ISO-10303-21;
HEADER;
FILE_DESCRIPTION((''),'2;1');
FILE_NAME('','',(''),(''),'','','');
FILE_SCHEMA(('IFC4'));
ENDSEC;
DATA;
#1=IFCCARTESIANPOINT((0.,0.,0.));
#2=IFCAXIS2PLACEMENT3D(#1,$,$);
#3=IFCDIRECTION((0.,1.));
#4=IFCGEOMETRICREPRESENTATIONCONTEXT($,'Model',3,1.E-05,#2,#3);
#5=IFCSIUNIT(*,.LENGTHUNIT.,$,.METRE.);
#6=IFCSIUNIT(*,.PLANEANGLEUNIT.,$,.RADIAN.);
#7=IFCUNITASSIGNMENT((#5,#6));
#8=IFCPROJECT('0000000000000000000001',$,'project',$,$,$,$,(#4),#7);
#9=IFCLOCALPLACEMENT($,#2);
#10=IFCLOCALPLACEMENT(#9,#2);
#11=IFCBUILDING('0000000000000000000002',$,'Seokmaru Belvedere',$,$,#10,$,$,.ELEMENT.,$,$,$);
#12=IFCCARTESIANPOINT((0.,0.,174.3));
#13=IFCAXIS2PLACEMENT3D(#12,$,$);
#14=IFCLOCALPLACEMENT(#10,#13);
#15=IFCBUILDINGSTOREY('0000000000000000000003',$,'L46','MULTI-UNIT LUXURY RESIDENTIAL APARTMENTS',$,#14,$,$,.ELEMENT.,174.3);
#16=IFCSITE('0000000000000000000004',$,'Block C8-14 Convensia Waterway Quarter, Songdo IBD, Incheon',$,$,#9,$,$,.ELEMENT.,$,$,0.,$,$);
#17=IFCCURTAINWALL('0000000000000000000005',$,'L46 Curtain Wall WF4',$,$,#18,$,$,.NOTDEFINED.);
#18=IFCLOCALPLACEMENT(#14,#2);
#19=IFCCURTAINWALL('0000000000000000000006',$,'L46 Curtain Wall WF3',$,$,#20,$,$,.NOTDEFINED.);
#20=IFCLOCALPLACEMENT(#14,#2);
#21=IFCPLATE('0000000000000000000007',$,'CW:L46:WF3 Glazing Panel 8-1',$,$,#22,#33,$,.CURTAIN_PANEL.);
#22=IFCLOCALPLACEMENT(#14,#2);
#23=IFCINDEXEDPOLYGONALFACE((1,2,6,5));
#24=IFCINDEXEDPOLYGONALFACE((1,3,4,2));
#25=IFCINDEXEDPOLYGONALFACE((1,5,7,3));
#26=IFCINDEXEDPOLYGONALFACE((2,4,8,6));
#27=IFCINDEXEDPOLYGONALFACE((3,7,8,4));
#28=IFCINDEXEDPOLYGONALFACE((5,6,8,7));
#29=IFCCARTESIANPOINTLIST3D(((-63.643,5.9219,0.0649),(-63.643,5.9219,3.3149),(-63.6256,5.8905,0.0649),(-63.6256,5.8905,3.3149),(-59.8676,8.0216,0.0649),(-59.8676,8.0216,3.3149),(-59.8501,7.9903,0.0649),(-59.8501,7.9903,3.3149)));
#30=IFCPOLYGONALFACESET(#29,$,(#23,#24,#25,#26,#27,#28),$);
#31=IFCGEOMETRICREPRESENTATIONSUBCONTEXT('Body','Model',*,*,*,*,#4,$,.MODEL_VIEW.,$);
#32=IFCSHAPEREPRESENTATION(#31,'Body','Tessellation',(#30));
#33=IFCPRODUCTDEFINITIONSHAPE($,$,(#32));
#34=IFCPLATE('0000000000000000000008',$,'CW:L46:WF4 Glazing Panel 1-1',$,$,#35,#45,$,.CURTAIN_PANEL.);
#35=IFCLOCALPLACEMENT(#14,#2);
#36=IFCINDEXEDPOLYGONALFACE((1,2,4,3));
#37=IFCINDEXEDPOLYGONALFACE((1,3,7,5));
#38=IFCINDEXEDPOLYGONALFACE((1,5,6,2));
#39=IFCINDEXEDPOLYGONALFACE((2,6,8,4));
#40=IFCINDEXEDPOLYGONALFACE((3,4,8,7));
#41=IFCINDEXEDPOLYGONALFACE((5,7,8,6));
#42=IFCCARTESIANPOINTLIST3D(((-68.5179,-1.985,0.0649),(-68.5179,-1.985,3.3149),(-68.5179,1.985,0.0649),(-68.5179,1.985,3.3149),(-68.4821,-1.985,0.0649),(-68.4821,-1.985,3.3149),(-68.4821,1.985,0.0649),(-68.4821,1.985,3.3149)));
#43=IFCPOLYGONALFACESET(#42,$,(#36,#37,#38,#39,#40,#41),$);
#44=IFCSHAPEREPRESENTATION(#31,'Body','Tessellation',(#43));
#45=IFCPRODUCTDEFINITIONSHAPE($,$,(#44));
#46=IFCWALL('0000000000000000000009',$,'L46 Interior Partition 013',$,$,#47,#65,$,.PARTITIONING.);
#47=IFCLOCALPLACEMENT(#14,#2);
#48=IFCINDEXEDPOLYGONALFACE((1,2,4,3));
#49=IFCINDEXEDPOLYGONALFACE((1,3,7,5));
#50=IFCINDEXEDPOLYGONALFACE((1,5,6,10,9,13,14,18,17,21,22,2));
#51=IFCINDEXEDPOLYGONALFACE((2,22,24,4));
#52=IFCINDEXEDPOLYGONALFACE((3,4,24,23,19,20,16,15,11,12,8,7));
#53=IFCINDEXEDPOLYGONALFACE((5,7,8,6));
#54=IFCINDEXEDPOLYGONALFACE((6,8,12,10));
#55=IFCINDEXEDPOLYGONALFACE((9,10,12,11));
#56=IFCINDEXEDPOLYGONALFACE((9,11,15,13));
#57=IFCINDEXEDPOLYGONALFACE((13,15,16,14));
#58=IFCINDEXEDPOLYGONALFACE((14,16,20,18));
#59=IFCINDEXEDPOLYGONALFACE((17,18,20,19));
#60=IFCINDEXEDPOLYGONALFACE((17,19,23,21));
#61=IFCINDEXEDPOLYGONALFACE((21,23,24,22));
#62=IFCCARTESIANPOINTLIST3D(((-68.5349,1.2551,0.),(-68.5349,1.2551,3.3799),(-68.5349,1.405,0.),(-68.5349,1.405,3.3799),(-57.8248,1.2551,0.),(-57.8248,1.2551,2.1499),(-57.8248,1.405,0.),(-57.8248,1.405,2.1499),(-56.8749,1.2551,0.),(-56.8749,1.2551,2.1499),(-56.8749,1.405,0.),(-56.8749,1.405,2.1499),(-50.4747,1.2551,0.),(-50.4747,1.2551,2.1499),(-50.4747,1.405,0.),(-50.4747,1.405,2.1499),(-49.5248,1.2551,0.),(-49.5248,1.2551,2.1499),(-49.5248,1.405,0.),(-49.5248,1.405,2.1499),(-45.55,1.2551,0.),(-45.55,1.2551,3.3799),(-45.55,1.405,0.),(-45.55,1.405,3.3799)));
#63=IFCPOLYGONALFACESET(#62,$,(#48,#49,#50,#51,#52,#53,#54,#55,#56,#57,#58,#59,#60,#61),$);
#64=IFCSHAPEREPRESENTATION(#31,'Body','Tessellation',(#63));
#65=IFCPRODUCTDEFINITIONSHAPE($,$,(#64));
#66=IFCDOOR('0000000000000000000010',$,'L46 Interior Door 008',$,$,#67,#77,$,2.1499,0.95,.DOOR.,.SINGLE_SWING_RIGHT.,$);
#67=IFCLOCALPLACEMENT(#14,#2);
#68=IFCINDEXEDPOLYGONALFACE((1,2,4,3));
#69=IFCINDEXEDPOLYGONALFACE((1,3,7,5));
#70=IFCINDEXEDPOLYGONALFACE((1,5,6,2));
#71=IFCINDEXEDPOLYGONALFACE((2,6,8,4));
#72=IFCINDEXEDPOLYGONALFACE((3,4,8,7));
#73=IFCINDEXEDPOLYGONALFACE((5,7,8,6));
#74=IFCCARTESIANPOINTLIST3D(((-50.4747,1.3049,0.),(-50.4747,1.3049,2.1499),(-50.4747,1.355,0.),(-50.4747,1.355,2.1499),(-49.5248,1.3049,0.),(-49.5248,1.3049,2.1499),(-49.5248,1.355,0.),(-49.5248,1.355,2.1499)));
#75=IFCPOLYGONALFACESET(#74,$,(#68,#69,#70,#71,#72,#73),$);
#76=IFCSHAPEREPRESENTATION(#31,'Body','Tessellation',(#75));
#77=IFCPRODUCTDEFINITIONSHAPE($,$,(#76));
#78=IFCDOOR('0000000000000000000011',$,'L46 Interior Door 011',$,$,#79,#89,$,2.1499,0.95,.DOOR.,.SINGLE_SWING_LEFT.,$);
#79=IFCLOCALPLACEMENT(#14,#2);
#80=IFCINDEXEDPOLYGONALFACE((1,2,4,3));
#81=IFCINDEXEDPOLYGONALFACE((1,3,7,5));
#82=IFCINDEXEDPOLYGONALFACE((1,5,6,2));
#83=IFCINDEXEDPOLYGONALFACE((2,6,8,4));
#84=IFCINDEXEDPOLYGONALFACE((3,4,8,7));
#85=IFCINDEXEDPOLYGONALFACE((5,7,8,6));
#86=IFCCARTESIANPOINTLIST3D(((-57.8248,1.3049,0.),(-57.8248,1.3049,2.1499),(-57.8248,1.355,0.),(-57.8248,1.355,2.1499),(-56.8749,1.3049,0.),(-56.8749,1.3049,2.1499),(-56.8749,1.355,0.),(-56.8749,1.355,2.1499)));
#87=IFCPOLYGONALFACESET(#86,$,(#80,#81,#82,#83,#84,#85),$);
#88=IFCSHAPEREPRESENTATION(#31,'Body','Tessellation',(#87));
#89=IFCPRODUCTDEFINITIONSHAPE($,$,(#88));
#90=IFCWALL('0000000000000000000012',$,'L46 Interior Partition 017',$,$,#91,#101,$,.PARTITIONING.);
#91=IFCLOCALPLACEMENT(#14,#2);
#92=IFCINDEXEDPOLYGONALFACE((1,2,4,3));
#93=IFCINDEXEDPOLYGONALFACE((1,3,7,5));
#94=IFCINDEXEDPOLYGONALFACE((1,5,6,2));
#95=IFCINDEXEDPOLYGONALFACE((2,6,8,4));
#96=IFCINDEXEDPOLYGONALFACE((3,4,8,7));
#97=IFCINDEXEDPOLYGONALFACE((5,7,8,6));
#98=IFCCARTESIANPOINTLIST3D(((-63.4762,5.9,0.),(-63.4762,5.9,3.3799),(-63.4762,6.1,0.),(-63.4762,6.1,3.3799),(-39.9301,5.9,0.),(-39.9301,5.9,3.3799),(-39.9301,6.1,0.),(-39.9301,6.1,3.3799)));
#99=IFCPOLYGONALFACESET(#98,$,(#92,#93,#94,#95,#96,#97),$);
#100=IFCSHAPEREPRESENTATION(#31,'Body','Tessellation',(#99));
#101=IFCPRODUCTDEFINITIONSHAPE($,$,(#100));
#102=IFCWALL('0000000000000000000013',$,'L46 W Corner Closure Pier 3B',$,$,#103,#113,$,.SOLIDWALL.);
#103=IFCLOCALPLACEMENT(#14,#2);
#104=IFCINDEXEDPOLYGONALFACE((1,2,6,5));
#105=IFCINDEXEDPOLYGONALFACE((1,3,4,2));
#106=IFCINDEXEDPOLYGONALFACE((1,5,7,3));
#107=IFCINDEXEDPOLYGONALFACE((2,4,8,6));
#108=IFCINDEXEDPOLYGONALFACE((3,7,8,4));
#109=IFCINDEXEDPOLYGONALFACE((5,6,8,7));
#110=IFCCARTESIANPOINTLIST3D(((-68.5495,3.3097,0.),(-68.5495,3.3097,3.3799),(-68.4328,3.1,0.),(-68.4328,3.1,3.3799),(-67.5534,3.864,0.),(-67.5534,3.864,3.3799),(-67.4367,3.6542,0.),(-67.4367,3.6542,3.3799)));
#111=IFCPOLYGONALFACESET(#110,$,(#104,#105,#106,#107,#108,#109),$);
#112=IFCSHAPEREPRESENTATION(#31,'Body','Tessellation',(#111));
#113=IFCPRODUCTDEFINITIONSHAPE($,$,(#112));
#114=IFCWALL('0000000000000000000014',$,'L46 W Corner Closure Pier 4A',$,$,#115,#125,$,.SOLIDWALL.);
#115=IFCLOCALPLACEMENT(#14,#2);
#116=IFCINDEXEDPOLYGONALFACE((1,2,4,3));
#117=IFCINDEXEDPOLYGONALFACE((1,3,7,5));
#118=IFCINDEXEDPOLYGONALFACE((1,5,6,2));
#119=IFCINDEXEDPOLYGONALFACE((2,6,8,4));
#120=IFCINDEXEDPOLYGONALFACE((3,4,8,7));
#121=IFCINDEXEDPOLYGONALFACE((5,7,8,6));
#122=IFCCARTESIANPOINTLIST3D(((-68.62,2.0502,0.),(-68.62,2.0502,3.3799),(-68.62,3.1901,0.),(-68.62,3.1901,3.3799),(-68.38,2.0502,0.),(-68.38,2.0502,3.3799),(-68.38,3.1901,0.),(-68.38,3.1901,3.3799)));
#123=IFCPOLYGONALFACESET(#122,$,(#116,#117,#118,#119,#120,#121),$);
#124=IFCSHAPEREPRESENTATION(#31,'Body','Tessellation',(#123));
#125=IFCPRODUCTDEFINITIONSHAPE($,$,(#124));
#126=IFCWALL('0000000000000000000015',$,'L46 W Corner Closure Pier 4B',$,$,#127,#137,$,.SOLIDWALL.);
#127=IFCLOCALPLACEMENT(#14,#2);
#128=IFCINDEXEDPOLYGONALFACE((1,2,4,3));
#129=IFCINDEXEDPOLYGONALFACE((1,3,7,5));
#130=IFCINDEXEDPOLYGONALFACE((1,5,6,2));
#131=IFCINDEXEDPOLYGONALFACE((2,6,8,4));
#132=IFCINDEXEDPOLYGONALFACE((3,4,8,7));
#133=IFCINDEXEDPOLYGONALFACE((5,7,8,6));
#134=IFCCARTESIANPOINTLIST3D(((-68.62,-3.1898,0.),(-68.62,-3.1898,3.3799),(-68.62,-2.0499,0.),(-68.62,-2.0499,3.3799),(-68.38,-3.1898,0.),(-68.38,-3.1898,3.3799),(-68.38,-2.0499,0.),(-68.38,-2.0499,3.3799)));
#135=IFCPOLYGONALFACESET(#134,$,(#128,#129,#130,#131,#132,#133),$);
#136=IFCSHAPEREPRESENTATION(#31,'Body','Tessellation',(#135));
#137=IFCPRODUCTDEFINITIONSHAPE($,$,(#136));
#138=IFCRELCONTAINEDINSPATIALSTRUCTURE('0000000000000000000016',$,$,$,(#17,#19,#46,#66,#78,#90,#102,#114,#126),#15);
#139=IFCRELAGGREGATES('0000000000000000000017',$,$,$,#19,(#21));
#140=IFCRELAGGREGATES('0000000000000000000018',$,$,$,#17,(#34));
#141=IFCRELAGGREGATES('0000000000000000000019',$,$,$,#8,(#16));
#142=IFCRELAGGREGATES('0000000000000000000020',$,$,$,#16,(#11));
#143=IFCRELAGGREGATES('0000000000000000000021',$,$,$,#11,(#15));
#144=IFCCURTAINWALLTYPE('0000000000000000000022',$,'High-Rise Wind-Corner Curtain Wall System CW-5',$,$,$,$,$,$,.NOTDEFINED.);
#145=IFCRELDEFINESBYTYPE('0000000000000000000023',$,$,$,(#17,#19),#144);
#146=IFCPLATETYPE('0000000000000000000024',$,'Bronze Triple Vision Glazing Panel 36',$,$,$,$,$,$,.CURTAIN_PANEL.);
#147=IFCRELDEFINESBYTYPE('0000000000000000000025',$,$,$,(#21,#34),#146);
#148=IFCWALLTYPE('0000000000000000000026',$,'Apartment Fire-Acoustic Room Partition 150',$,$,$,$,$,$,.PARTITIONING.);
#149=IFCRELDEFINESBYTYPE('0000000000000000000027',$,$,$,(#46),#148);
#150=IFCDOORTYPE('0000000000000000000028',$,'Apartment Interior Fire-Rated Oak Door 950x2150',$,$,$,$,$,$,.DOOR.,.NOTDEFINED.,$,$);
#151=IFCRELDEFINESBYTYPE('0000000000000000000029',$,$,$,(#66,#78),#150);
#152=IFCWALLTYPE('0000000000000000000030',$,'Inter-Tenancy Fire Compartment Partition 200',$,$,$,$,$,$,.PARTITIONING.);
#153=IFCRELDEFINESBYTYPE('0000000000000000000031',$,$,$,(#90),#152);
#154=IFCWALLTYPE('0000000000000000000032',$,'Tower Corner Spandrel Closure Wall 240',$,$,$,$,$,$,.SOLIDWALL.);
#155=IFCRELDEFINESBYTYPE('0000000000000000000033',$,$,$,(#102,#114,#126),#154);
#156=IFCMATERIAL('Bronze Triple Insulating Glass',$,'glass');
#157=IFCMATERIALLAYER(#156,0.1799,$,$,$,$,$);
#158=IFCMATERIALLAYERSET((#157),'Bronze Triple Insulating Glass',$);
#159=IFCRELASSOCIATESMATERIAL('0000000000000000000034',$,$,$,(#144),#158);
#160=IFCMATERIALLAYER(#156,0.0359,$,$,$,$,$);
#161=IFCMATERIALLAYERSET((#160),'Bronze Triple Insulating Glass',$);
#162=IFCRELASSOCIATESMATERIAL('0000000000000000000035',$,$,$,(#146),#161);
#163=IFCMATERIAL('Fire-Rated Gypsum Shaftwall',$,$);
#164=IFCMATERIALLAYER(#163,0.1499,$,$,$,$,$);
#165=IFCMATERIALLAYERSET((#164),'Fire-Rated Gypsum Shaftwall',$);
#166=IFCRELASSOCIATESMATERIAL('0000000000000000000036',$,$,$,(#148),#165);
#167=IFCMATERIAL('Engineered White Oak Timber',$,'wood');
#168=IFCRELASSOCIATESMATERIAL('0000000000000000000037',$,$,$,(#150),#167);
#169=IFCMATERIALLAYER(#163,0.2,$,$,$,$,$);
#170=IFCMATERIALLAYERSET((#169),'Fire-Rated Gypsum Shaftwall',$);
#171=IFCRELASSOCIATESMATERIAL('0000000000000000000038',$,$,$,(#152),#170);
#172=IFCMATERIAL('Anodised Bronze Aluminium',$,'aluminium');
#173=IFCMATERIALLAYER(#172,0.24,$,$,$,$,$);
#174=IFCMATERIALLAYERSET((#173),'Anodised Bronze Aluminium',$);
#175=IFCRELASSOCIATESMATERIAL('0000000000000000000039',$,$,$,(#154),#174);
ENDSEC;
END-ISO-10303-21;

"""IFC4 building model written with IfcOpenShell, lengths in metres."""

from ifc_helpers import new_model, si_unit, direction, frame, frame_2d, origin, origin_2d, place, context, subcontext, project, spatial, rectangle, extrude, source, transform, mapped, material, layer, layer_set, type_object, type_shapes, element, fill, aggregate, save


model = new_model("IFC4")

# Units and contexts
model_context = context("Model", 3, precision=1e-05, world=origin(), true_north=direction((0.0, 1.0)))
body_context = subcontext(model_context, "Body", "Model", "MODEL_VIEW")
ifc_project = project(units=[si_unit("LENGTHUNIT", "METRE"), si_unit("PLANEANGLEUNIT", "RADIAN")], contexts=[model_context])

# Site, building, storey
site_placement = place(None, origin())
site = spatial("IfcSite", under=ifc_project, at=site_placement, Name="Block C8-14 Convensia Waterway Quarter, Songdo IBD, Incheon", CompositionType="ELEMENT", RefElevation=0.0)
building_placement = place(site_placement, origin())
building = spatial("IfcBuilding", under=site, at=building_placement, Name="Seokmaru Belvedere", CompositionType="ELEMENT")
storey_placement = place(building_placement, frame((0.0, 0.0, 174.3)))
storey = spatial("IfcBuildingStorey", under=building, at=storey_placement, Name="L46", Description="MULTI-UNIT LUXURY RESIDENTIAL APARTMENTS", CompositionType="ELEMENT", Elevation=174.3)

# Curtain wall
ifc_material_1 = material(Name="Bronze Triple Insulating Glass", Category="glass")
ifc_layer_1 = layer(ifc_material_1, 0.1799)
ifc_layer_set_1 = layer_set([ifc_layer_1], Name="Bronze Triple Insulating Glass")
curtain_wall_type = type_object("IfcCurtainWallType", Name="High-Rise Wind-Corner Curtain Wall System CW-5", PredefinedType="NOTDEFINED", material=ifc_layer_set_1)
curtain_wall_1_placement = place(storey_placement, origin())
curtain_wall_1 = element("IfcCurtainWall", 1, at=curtain_wall_1_placement, inside=storey, type_object=curtain_wall_type, Name="L46 Curtain Wall WF4", PredefinedType="NOTDEFINED")
ifc_material_2 = material(Name="Anodised Bronze Aluminium", Category="aluminium")

# Curtain wall
curtain_wall_2_placement = place(storey_placement, origin())
curtain_wall_2 = element("IfcCurtainWall", 2, at=curtain_wall_2_placement, inside=storey, type_object=curtain_wall_type, Name="L46 Curtain Wall WF3", PredefinedType="NOTDEFINED")

# Plates
ifc_layer_2 = layer(ifc_material_1, 0.0359)
ifc_layer_set_2 = layer_set([ifc_layer_2], Name="Bronze Triple Insulating Glass")
plate_type = type_object("IfcPlateType", Name="Bronze Triple Vision Glazing Panel 36", PredefinedType="CURTAIN_PANEL", material=ifc_layer_set_2)
shared_shape_1 = source(origin(), body_context, "Body", "SweptSolid", [
    extrude(rectangle(XDim=4.3201, YDim=0.0359, at=origin_2d()), origin(), (0.0, 0.0, 1.0), 3.25),
])
plate_1_placement = place(storey_placement, frame((-61.7466, 6.9561, 0.0649), z_axis=(0.0, 0.0, 1.0), x_axis=(-0.873933, -0.486047, 0.0)))
plate_1 = element("IfcPlate", 3, at=plate_1_placement, type_object=plate_type, Name="CW:L46:WF3 Glazing Panel 8-1", PredefinedType="CURTAIN_PANEL", context=body_context, shape_type="MappedRepresentation", body=[
    mapped(shared_shape_1, transform((0.0, 0.0, 0.0), scale=1.0)),
])
aggregate(curtain_wall_2, [plate_1])
shared_shape_2 = source(origin(), body_context, "Body", "SweptSolid", [
    extrude(rectangle(XDim=3.97, YDim=0.0359, at=origin_2d()), origin(), (0.0, 0.0, 1.0), 3.25),
])
plate_2_placement = place(storey_placement, frame((-68.5, 0.0, 0.0649), z_axis=(0.0, 0.0, 1.0), x_axis=(0.0, -1.0, 0.0)))
plate_2 = element("IfcPlate", 4, at=plate_2_placement, type_object=plate_type, Name="CW:L46:WF4 Glazing Panel 1-1", PredefinedType="CURTAIN_PANEL", context=body_context, shape_type="MappedRepresentation", body=[
    mapped(shared_shape_2, transform((0.0, 0.0, 0.0), scale=1.0)),
])
aggregate(curtain_wall_1, [plate_2])

# Wall, openings, doors
ifc_material_3 = material(Name="Fire-Rated Gypsum Shaftwall")
ifc_layer_3 = layer(ifc_material_3, 0.1499)
ifc_layer_set_3 = layer_set([ifc_layer_3], Name="Fire-Rated Gypsum Shaftwall")
wall_type_1 = type_object("IfcWallType", Name="Apartment Fire-Acoustic Room Partition 150", PredefinedType="PARTITIONING", material=ifc_layer_set_3)
wall_1_placement = place(storey_placement, frame((-68.5349, 1.3301, 0.0), z_axis=(0.0, 0.0, 1.0), x_axis=(1.0, 0.0, 0.0)))
wall_1 = element("IfcWall", 5, at=wall_1_placement, inside=storey, type_object=wall_type_1, Name="L46 Interior Partition 013", PredefinedType="PARTITIONING", context=body_context, shape_type="SweptSolid", body=[
    extrude(rectangle(XDim=22.9849, YDim=0.1499, at=frame_2d((11.4924, 0.0))), origin(), (0.0, 0.0, 1.0), 3.3799),
])
opening_1_placement = place(wall_1_placement, frame((18.0601, 0.0, 0.0)))
opening_1 = element("IfcOpeningElement", 6, at=opening_1_placement, cuts=wall_1, PredefinedType="OPENING", context=body_context, shape_type="SweptSolid", body=[
    extrude(rectangle(XDim=0.95, YDim=2.1499, at=frame_2d((0.4751, 1.075))), frame((0.0, 0.085, 0.0), z_axis=(0.0, -1.0, 0.0), x_axis=(1.0, 0.0, 0.0)), (0.0, 0.0, 1.0), 0.1699),
])
opening_2_placement = place(wall_1_placement, frame((10.71, 0.0, 0.0)))
opening_2 = element("IfcOpeningElement", 7, at=opening_2_placement, cuts=wall_1, PredefinedType="OPENING", context=body_context, shape_type="SweptSolid", body=[
    extrude(rectangle(XDim=0.95, YDim=2.1499, at=frame_2d((0.4751, 1.075))), frame((0.0, 0.085, 0.0), z_axis=(0.0, -1.0, 0.0), x_axis=(1.0, 0.0, 0.0)), (0.0, 0.0, 1.0), 0.1699),
])
ifc_material_4 = material(Name="Engineered White Oak Timber", Category="wood")
door_type = type_object("IfcDoorType", Name="Apartment Interior Fire-Rated Oak Door 950x2150", OperationType="NOTDEFINED", PredefinedType="DOOR", material=ifc_material_4)
shared_shape_3 = source(origin(), body_context, "Body", "SweptSolid", [
    extrude(rectangle(XDim=0.95, YDim=2.1499, at=frame_2d((0.4751, 1.075))), frame((0.0, 0.0249, 0.0), z_axis=(0.0, -1.0, 0.0), x_axis=(1.0, 0.0, 0.0)), (0.0, 0.0, 1.0), 0.05),
])
type_shapes(door_type, [shared_shape_3])
door_1_placement = place(opening_1_placement, origin())
door_1 = element("IfcDoor", 8, at=door_1_placement, inside=storey, type_object=door_type, Name="L46 Interior Door 008", OperationType="SINGLE_SWING_RIGHT", OverallHeight=2.1499, OverallWidth=0.95, PredefinedType="DOOR", context=body_context, shape_type="MappedRepresentation", body=[
    mapped(shared_shape_3, transform((0.0, 0.0, 0.0), scale=1.0)),
])
fill(opening_1, door_1)
door_2_placement = place(opening_2_placement, origin())
door_2 = element("IfcDoor", 9, at=door_2_placement, inside=storey, type_object=door_type, Name="L46 Interior Door 011", OperationType="SINGLE_SWING_LEFT", OverallHeight=2.1499, OverallWidth=0.95, PredefinedType="DOOR", context=body_context, shape_type="MappedRepresentation", body=[
    mapped(shared_shape_3, transform((0.0, 0.0, 0.0), scale=1.0)),
])
fill(opening_2, door_2)

# Walls
ifc_layer_4 = layer(ifc_material_3, 0.2)
ifc_layer_set_4 = layer_set([ifc_layer_4], Name="Fire-Rated Gypsum Shaftwall")
wall_type_2 = type_object("IfcWallType", Name="Inter-Tenancy Fire Compartment Partition 200", PredefinedType="PARTITIONING", material=ifc_layer_set_4)
wall_2_placement = place(storey_placement, frame((-63.4761, 6.0, 0.0), z_axis=(0.0, 0.0, 1.0), x_axis=(1.0, 0.0, 0.0)))
element("IfcWall", 10, at=wall_2_placement, inside=storey, type_object=wall_type_2, Name="L46 Interior Partition 017", PredefinedType="PARTITIONING", context=body_context, shape_type="SweptSolid", body=[
    extrude(rectangle(XDim=23.5461, YDim=0.2, at=frame_2d((11.7729, 0.0))), origin(), (0.0, 0.0, 1.0), 3.3799),
])
ifc_layer_5 = layer(ifc_material_2, 0.24)
ifc_layer_set_5 = layer_set([ifc_layer_5], Name="Anodised Bronze Aluminium")
wall_type_3 = type_object("IfcWallType", Name="Tower Corner Spandrel Closure Wall 240", PredefinedType="SOLIDWALL", material=ifc_layer_set_5)
for number, where, z_axis, x_axis, name in (
    (11, (-67.4951, 3.759, 0.0), (0.0, 0.0, 1.0), (-0.873854, -0.486188, 0.0), "L46 W Corner Closure Pier 3B"),
    (12, (-68.5, 3.1899, 0.0), (0.0, 0.0, 1.0), (0.0, -1.0, 0.0), "L46 W Corner Closure Pier 4A"),
    (13, (-68.5, -2.05, 0.0), (0.0, 0.0, 1.0), (0.0, -1.0, 0.0), "L46 W Corner Closure Pier 4B"),
):
    element("IfcWall", number, at=place(storey_placement, frame(where, z_axis=z_axis, x_axis=x_axis)), inside=storey, type_object=wall_type_3, Name=name, PredefinedType="SOLIDWALL", context=body_context, shape_type="SweptSolid", body=[
        extrude(rectangle(XDim=1.1399, YDim=0.24, at=frame_2d((0.5698, 0.0))), origin(), (0.0, 0.0, 1.0), 3.3799),
    ])

save(model, "model.ifc")
